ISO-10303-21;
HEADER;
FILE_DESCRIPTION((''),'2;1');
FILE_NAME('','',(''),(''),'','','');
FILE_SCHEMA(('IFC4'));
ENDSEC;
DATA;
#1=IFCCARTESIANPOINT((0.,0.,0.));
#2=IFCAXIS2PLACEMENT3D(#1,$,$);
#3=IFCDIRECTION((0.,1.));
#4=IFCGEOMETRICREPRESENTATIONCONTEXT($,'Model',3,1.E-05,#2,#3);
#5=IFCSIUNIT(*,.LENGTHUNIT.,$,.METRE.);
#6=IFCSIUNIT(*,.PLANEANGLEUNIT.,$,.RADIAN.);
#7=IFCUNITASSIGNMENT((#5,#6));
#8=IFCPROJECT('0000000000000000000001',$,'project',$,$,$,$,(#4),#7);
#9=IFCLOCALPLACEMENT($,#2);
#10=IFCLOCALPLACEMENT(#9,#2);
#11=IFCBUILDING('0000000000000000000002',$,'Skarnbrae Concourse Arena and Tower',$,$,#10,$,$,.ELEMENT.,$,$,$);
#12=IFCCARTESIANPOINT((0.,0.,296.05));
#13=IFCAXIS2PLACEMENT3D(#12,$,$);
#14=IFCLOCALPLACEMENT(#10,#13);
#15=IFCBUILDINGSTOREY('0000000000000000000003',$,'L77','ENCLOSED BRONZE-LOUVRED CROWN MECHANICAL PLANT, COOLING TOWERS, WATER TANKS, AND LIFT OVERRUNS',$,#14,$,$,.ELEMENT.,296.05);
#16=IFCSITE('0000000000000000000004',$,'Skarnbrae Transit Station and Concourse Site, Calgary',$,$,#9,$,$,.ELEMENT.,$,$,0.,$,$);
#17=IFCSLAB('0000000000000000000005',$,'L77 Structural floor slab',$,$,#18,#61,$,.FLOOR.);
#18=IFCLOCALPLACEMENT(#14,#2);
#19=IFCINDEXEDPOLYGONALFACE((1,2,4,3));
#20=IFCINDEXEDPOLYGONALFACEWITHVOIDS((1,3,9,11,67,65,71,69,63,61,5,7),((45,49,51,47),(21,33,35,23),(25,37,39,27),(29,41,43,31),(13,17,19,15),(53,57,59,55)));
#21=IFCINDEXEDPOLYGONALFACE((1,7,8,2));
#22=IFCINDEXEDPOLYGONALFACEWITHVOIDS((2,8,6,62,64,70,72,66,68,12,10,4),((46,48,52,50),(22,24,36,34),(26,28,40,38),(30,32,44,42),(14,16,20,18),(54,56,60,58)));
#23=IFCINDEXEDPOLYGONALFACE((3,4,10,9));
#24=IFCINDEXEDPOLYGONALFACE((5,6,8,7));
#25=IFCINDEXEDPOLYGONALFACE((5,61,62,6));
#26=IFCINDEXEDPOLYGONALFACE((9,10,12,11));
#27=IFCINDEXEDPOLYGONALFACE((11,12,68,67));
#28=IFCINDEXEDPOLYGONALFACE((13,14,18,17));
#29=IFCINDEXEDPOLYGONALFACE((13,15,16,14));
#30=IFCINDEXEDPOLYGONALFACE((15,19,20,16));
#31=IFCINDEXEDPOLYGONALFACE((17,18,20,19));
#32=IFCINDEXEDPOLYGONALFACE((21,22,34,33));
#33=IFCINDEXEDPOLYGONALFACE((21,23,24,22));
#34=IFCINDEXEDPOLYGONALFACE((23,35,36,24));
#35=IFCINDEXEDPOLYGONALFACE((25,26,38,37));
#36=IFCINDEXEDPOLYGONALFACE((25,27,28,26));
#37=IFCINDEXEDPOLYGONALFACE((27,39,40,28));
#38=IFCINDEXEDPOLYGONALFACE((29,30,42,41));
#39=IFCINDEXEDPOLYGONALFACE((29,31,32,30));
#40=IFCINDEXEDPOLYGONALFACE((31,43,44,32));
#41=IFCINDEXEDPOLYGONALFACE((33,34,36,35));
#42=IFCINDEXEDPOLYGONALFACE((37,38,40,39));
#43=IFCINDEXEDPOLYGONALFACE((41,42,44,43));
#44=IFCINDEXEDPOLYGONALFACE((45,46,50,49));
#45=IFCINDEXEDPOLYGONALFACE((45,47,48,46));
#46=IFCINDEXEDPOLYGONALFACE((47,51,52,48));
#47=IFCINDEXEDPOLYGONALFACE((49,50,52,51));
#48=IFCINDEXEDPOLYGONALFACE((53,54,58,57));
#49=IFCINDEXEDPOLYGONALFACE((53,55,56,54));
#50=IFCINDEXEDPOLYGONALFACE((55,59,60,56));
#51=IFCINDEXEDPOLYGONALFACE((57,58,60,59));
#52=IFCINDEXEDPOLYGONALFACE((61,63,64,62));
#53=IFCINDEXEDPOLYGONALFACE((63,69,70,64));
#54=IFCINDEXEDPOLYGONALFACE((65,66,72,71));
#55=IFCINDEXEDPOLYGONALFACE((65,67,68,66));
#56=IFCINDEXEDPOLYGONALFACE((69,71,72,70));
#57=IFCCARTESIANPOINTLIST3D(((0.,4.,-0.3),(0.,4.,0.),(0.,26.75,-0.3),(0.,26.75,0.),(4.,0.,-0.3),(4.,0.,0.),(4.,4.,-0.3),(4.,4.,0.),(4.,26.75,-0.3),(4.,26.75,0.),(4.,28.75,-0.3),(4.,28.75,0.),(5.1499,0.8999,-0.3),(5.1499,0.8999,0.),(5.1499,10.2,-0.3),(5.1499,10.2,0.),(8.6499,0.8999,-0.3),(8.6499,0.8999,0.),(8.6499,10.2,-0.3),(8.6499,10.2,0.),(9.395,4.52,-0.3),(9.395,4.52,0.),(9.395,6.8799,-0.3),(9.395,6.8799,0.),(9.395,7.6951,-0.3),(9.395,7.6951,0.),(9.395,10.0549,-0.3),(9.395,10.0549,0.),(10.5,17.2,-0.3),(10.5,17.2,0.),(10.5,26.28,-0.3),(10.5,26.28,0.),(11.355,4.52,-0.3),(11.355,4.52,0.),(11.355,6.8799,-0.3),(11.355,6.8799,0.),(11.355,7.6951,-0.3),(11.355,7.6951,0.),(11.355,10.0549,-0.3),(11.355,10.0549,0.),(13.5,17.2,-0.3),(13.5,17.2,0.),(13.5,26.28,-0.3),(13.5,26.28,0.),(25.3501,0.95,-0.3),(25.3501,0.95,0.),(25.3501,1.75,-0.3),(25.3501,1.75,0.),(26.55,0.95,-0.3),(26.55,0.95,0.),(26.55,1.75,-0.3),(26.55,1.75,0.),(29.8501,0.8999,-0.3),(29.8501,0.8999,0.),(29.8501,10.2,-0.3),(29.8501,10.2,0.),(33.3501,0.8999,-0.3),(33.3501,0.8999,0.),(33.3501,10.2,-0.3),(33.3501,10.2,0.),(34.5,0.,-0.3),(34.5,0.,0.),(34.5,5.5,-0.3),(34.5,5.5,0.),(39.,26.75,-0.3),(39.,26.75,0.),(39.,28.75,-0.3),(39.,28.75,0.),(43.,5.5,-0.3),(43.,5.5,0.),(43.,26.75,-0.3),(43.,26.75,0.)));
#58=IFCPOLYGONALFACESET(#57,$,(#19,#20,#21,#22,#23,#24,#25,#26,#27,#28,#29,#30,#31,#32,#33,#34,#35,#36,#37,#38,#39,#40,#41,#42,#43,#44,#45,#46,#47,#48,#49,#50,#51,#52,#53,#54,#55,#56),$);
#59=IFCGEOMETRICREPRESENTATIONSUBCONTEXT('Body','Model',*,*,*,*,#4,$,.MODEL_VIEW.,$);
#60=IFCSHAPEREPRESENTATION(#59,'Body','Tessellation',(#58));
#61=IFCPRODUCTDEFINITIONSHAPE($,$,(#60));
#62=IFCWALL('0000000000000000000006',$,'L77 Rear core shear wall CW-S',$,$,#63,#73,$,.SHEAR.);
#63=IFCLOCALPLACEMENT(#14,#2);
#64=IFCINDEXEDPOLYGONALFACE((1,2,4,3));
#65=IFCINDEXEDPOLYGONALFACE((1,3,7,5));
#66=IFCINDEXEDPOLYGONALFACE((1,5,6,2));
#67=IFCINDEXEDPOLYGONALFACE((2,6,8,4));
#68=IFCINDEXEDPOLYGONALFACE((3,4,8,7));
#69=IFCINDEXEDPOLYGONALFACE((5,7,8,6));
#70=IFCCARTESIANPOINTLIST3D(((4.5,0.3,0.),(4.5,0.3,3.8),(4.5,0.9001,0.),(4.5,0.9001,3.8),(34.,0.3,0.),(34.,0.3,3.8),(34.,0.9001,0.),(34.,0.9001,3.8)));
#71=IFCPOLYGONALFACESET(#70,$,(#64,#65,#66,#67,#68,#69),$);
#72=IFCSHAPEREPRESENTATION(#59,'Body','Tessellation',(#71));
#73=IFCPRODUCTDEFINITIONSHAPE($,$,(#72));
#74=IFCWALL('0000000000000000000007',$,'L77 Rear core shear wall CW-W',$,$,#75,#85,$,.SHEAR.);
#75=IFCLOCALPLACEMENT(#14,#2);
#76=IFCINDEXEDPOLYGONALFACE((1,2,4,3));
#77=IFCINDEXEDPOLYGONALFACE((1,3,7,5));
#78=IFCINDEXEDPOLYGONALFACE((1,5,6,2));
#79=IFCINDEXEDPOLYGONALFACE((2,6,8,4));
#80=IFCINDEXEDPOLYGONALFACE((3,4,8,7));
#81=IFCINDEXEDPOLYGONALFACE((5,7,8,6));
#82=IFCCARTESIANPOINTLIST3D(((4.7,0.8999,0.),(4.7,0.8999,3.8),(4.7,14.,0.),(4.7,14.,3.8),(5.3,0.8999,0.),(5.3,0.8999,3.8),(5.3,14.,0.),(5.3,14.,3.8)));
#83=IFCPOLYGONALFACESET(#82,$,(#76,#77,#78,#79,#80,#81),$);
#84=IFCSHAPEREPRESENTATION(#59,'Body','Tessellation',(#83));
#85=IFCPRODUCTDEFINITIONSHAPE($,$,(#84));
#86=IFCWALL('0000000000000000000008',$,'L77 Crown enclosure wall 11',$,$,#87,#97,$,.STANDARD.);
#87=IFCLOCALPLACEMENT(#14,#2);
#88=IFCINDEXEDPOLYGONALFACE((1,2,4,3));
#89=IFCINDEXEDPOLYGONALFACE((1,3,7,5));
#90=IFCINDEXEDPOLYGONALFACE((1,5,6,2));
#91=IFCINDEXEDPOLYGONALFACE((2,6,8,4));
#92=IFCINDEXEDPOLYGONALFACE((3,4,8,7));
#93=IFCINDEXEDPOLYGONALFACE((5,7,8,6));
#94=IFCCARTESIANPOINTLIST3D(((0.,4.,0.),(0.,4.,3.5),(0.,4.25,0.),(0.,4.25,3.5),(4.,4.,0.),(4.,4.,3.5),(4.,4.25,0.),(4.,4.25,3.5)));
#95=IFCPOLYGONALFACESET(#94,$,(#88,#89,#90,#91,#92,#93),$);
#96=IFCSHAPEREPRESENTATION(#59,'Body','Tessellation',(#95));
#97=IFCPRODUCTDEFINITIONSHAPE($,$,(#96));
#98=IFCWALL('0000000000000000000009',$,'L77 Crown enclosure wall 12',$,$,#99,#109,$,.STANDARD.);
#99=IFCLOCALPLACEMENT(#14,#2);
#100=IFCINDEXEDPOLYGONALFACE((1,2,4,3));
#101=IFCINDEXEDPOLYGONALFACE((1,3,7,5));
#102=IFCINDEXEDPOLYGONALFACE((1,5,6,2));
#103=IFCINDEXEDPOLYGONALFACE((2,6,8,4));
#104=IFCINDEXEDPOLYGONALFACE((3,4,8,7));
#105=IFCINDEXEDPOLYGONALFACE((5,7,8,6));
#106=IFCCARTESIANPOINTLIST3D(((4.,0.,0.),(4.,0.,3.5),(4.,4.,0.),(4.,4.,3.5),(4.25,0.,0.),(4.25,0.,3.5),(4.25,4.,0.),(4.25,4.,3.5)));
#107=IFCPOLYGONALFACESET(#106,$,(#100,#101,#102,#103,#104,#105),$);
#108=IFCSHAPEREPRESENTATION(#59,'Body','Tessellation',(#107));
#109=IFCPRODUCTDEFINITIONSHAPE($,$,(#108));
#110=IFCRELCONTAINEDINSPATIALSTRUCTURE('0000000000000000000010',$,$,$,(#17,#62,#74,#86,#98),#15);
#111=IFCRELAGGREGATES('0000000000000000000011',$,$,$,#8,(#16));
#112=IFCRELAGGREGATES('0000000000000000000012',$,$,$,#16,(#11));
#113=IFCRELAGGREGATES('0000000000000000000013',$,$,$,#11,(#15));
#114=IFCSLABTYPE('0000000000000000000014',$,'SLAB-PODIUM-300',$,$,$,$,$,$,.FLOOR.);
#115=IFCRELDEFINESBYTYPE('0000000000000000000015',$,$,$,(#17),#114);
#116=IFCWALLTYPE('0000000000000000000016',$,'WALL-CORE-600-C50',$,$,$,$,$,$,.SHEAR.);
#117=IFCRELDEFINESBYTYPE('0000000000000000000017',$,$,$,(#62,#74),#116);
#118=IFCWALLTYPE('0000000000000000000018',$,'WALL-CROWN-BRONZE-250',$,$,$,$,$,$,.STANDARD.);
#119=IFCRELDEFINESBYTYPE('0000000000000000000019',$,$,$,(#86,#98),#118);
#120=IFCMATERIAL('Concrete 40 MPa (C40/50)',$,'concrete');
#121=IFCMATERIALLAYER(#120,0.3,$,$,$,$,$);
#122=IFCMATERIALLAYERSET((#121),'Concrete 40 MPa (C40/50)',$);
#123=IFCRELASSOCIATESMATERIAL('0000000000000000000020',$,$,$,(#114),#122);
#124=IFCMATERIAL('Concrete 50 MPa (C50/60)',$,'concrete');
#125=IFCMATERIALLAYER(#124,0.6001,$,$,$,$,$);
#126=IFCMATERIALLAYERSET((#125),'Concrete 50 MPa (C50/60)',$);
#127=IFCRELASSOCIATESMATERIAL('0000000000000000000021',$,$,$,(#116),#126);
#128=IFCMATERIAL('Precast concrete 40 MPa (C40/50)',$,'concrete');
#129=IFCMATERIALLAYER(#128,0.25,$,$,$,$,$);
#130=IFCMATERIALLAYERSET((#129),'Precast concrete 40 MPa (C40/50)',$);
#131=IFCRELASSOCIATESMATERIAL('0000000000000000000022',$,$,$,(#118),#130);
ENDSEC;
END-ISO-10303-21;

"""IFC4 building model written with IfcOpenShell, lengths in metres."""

from ifc_helpers import new_model, si_unit, direction, frame, frame_2d, origin, place, context, subcontext, project, spatial, polyline, rectangle, outline, extrude, source, transform, mapped, material, layer, layer_set, type_object, element, save


model = new_model("IFC4")

# Units and contexts
model_context = context("Model", 3, precision=1e-05, world=origin(), true_north=direction((0.0, 1.0)))
body_context = subcontext(model_context, "Body", "Model", "MODEL_VIEW")
ifc_project = project(units=[si_unit("LENGTHUNIT", "METRE"), si_unit("PLANEANGLEUNIT", "RADIAN")], contexts=[model_context])

# Site, building, storey
site_placement = place(None, origin())
site = spatial("IfcSite", under=ifc_project, at=site_placement, Name="Skarnbrae Transit Station and Concourse Site, Calgary", CompositionType="ELEMENT", RefElevation=0.0)
building_placement = place(site_placement, origin())
building = spatial("IfcBuilding", under=site, at=building_placement, Name="Skarnbrae Concourse Arena and Tower", CompositionType="ELEMENT")
storey_placement = place(building_placement, frame((0.0, 0.0, 296.05)))
storey = spatial("IfcBuildingStorey", under=building, at=storey_placement, Name="L77", Description="ENCLOSED BRONZE-LOUVRED CROWN MECHANICAL PLANT, COOLING TOWERS, WATER TANKS, AND LIFT OVERRUNS", CompositionType="ELEMENT", Elevation=296.05)

# Shared definitions
ifc_material_1 = material(Name="Concrete 40 MPa (C40/50)", Category="concrete")

# Slab
ifc_layer_1 = layer(ifc_material_1, 0.3)
ifc_layer_set_1 = layer_set([ifc_layer_1], Name="Concrete 40 MPa (C40/50)")
slab_type_1 = type_object("IfcSlabType", Name="SLAB-PODIUM-300", PredefinedType="FLOOR", material=ifc_layer_set_1)
slab_1_placement = place(storey_placement, frame((0.0, 0.0, -0.3)))
element("IfcSlab", 1, at=slab_1_placement, inside=storey, type_object=slab_type_1, Name="L77 Structural floor slab", PredefinedType="FLOOR", context=body_context, shape_type="SweptSolid", body=[
    extrude(outline(polyline([(4.0, 0.0), (34.5, 0.0), (34.5, 5.5), (43.0, 5.5), (43.0, 26.75), (39.0, 26.75), (39.0, 28.75), (4.0, 28.75), (4.0, 26.75), (0.0, 26.75), (0.0, 4.0), (4.0, 4.0), (4.0, 0.0)]), holes=[polyline([(26.55, 0.95), (25.3501, 0.95), (25.3501, 1.75), (26.55, 1.75), (26.55, 0.95)]), polyline([(5.1499, 10.2), (8.6499, 10.2), (8.6499, 0.8999), (5.1499, 0.8999), (5.1499, 10.2)]), polyline([(29.8501, 10.2), (33.3501, 10.2), (33.3501, 0.8999), (29.8501, 0.8999), (29.8501, 10.2)]), polyline([(11.355, 4.52), (9.395, 4.52), (9.395, 6.8799), (11.355, 6.8799), (11.355, 4.52)]), polyline([(9.395, 7.6951), (9.395, 10.0549), (11.355, 10.0549), (11.355, 7.6951), (9.395, 7.6951)]), polyline([(13.5, 17.2), (10.5, 17.2), (10.5, 26.28), (13.5, 26.28), (13.5, 17.2)])]), origin(), (0.0, 0.0, 1.0), 0.3),
])

# Walls
ifc_material_2 = material(Name="Concrete 50 MPa (C50/60)", Category="concrete")
ifc_layer_2 = layer(ifc_material_2, 0.6001)
ifc_layer_set_2 = layer_set([ifc_layer_2], Name="Concrete 50 MPa (C50/60)")
wall_type_1 = type_object("IfcWallType", Name="WALL-CORE-600-C50", PredefinedType="SHEAR", material=ifc_layer_set_2)
shared_shape_1 = source(origin(), body_context, "Body", "SweptSolid", [
    extrude(rectangle(XDim=29.5, YDim=0.6001, at=frame_2d((14.75, 0.0))), origin(), (0.0, 0.0, 1.0), 3.8),
])
wall_1_placement = place(storey_placement, frame((4.5, 0.6001, 0.0), z_axis=(0.0, 0.0, 1.0), x_axis=(1.0, 0.0, 0.0)))
element("IfcWall", 2, at=wall_1_placement, inside=storey, type_object=wall_type_1, Name="L77 Rear core shear wall CW-S", PredefinedType="SHEAR", context=body_context, shape_type="MappedRepresentation", body=[
    mapped(shared_shape_1, transform((0.0, 0.0, 0.0))),
])
shared_shape_2 = source(origin(), body_context, "Body", "SweptSolid", [
    extrude(rectangle(XDim=13.1001, YDim=0.6001, at=frame_2d((6.55, 0.0))), origin(), (0.0, 0.0, 1.0), 3.8),
])
wall_2_placement = place(storey_placement, frame((5.0, 0.8999, 0.0), z_axis=(0.0, 0.0, 1.0), x_axis=(0.0, 1.0, 0.0)))
element("IfcWall", 3, at=wall_2_placement, inside=storey, type_object=wall_type_1, Name="L77 Rear core shear wall CW-W", PredefinedType="SHEAR", context=body_context, shape_type="MappedRepresentation", body=[
    mapped(shared_shape_2, transform((0.0, 0.0, 0.0))),
])

# Walls
ifc_material_3 = material(Name="Precast concrete 40 MPa (C40/50)", Category="concrete")
ifc_layer_3 = layer(ifc_material_3, 0.25)
ifc_layer_set_3 = layer_set([ifc_layer_3], Name="Precast concrete 40 MPa (C40/50)")
wall_type_2 = type_object("IfcWallType", Name="WALL-CROWN-BRONZE-250", PredefinedType="STANDARD", material=ifc_layer_set_3)
shared_shape_3 = source(origin(), body_context, "Body", "SweptSolid", [
    extrude(rectangle(XDim=4.0, YDim=0.25, at=frame_2d((2.0, 0.0))), origin(), (0.0, 0.0, 1.0), 3.5),
])
for number, where, z_axis, x_axis, name in (
    (4, (0.0, 4.125, 0.0), (0.0, 0.0, 1.0), (1.0, 0.0, 0.0), "L77 Crown enclosure wall 11"),
    (5, (4.125, 4.0, 0.0), (0.0, 0.0, 1.0), (0.0, -1.0, 0.0), "L77 Crown enclosure wall 12"),
):
    element("IfcWall", number, at=place(storey_placement, frame(where, z_axis=z_axis, x_axis=x_axis)), inside=storey, type_object=wall_type_2, Name=name, PredefinedType="STANDARD", context=body_context, shape_type="MappedRepresentation", body=[
        mapped(shared_shape_3, transform((0.0, 0.0, 0.0))),
    ])

save(model, "model.ifc")
